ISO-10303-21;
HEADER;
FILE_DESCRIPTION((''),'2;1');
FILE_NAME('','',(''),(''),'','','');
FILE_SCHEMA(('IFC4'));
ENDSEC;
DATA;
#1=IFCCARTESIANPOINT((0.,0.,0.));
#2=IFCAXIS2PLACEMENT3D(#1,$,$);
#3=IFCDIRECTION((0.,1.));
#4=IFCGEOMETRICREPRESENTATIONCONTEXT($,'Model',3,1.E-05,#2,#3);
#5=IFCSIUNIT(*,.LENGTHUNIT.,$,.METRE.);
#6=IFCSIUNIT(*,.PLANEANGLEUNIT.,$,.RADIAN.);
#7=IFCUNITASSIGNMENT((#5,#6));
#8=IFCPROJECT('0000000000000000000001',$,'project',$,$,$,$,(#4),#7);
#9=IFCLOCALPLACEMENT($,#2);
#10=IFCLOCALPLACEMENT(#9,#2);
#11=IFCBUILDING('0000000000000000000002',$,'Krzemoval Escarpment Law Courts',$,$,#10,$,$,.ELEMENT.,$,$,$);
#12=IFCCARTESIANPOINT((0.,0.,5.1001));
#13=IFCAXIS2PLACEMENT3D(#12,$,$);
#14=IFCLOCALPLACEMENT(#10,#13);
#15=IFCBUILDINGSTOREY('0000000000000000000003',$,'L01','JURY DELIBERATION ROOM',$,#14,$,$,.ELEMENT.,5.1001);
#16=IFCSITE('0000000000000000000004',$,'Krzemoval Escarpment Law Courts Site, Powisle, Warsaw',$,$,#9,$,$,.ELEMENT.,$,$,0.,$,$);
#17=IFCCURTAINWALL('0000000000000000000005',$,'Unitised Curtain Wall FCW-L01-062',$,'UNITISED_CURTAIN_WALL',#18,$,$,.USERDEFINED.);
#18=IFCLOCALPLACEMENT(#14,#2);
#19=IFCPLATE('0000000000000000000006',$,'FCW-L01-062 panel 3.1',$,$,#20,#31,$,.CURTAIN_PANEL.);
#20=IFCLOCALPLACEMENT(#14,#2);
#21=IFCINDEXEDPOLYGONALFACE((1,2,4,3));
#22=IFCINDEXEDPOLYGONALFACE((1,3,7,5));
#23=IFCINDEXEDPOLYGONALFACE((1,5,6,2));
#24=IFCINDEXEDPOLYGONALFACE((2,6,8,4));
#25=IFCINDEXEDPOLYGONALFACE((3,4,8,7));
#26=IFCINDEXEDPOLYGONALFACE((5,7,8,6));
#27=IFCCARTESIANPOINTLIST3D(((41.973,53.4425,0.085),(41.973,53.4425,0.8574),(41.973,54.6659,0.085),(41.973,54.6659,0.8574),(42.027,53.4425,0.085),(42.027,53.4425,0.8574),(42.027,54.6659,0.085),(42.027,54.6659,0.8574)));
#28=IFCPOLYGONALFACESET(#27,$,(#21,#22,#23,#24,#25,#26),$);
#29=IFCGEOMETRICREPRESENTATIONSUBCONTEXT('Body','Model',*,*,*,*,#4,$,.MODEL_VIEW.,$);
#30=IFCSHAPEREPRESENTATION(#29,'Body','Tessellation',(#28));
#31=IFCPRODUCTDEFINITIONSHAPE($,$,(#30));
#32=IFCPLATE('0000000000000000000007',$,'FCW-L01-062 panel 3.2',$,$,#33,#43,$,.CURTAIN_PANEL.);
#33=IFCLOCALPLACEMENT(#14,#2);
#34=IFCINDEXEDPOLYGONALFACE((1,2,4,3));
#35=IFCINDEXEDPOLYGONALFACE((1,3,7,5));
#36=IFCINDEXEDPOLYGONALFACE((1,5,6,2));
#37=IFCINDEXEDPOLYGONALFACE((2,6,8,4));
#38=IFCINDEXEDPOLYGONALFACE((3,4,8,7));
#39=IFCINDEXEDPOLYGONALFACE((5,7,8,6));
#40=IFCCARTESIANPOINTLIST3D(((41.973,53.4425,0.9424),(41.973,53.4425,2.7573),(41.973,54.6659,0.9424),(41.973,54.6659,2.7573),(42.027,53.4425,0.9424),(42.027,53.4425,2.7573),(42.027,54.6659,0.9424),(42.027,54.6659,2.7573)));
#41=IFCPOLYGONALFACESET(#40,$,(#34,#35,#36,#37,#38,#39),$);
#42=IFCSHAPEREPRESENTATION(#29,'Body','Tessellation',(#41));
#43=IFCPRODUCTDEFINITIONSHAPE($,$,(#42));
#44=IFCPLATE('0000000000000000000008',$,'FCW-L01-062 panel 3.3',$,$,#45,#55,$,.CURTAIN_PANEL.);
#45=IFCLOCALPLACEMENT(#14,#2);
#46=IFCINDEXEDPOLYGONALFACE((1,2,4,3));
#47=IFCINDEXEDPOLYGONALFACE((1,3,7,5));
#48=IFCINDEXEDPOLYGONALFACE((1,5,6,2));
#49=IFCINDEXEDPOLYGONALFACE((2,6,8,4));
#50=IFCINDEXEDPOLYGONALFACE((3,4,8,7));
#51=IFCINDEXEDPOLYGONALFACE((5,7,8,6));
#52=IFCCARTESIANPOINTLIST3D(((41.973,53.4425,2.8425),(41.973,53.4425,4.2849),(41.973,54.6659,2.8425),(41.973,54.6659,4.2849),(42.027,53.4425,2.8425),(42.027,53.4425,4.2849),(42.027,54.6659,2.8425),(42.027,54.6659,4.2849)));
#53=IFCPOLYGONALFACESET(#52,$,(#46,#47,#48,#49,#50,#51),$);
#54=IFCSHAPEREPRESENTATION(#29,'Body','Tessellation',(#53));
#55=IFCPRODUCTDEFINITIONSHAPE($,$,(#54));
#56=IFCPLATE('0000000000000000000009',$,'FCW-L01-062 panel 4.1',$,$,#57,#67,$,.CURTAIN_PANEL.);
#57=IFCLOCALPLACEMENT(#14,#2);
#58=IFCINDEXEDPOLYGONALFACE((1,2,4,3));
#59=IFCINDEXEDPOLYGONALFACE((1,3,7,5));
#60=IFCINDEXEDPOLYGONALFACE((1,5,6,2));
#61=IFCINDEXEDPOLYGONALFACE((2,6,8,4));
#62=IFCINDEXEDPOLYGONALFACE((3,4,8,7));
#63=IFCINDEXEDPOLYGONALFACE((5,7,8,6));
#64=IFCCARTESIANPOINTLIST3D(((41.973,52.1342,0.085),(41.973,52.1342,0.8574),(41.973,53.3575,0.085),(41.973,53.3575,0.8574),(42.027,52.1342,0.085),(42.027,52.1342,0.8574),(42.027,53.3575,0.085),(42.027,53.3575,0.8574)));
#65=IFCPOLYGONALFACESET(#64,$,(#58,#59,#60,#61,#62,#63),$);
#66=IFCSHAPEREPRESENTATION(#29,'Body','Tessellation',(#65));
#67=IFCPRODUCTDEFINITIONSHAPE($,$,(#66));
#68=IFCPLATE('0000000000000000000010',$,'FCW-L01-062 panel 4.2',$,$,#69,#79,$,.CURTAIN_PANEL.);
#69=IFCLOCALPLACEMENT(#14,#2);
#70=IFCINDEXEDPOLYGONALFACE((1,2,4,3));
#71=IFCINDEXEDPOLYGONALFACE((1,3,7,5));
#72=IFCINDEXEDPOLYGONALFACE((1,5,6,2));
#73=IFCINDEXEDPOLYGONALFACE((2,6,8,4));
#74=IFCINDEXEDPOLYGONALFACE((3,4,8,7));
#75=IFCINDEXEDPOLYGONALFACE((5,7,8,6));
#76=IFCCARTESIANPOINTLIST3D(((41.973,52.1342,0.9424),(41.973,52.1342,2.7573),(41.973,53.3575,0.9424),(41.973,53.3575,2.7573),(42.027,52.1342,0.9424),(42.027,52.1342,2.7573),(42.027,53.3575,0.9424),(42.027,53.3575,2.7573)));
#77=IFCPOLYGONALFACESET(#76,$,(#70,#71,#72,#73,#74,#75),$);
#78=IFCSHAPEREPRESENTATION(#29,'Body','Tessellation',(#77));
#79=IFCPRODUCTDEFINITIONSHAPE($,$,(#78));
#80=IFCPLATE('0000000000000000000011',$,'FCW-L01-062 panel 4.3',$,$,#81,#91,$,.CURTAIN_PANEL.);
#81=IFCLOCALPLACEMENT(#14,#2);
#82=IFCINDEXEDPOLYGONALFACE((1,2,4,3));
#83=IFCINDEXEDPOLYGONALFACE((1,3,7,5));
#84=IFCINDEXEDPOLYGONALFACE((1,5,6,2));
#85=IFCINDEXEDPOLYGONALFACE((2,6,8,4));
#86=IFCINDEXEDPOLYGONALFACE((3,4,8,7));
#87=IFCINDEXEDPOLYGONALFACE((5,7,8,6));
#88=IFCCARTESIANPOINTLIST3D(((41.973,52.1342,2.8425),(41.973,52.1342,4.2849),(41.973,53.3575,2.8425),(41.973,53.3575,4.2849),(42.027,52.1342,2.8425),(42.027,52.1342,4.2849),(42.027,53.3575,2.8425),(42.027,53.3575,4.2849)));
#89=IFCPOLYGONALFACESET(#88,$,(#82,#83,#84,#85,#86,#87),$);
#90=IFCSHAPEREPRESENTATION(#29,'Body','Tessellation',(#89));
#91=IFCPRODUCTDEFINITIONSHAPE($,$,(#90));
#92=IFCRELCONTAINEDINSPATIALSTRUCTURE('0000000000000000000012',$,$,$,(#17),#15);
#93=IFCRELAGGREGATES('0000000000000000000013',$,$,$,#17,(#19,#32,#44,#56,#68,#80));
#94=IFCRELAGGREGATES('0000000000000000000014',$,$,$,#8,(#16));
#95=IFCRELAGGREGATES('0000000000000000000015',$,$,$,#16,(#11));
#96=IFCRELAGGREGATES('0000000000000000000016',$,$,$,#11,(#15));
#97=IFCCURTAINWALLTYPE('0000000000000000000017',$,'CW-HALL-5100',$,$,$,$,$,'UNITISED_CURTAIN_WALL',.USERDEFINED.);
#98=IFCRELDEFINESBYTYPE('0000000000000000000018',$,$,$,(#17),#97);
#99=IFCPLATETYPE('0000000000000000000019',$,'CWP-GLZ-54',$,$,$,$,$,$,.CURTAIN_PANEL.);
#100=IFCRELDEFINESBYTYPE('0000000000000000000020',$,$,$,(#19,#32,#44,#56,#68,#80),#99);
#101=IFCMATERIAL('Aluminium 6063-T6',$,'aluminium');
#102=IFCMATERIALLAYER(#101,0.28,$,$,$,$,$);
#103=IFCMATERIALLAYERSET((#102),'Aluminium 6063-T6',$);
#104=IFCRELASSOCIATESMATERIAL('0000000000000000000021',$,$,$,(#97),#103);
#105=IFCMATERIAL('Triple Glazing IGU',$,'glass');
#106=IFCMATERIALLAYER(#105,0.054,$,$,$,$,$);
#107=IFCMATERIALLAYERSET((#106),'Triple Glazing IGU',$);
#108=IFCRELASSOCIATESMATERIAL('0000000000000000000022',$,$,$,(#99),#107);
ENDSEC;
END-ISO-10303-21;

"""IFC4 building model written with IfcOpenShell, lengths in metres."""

from ifc_helpers import new_model, si_unit, direction, frame, origin, origin_2d, place, context, subcontext, project, spatial, rectangle, extrude, material, layer, layer_set, type_object, element, aggregate, save


model = new_model("IFC4")

# Units and contexts
model_context = context("Model", 3, precision=1e-05, world=origin(), true_north=direction((0.0, 1.0)))
body_context = subcontext(model_context, "Body", "Model", "MODEL_VIEW")
ifc_project = project(units=[si_unit("LENGTHUNIT", "METRE"), si_unit("PLANEANGLEUNIT", "RADIAN")], contexts=[model_context])

# Site, building, storey
site_placement = place(None, origin())
site = spatial("IfcSite", under=ifc_project, at=site_placement, Name="Krzemoval Escarpment Law Courts Site, Powisle, Warsaw", CompositionType="ELEMENT", RefElevation=0.0)
building_placement = place(site_placement, origin())
building = spatial("IfcBuilding", under=site, at=building_placement, Name="Krzemoval Escarpment Law Courts", CompositionType="ELEMENT")
storey_placement = place(building_placement, frame((0.0, 0.0, 5.1001)))
storey = spatial("IfcBuildingStorey", under=building, at=storey_placement, Name="L01", Description="JURY DELIBERATION ROOM", CompositionType="ELEMENT", Elevation=5.1001)

# Curtain wall
ifc_material_1 = material(Name="Aluminium 6063-T6", Category="aluminium")
ifc_layer_1 = layer(ifc_material_1, 0.28)
ifc_layer_set_1 = layer_set([ifc_layer_1], Name="Aluminium 6063-T6")
curtain_wall_type = type_object("IfcCurtainWallType", Name="CW-HALL-5100", ElementType="UNITISED_CURTAIN_WALL", PredefinedType="USERDEFINED", material=ifc_layer_set_1)
curtain_wall_placement = place(storey_placement, origin())
curtain_wall = element("IfcCurtainWall", 1, at=curtain_wall_placement, inside=storey, type_object=curtain_wall_type, Name="Unitised Curtain Wall FCW-L01-062", ObjectType="UNITISED_CURTAIN_WALL", PredefinedType="USERDEFINED")

# Plates
ifc_material_2 = material(Name="Triple Glazing IGU", Category="glass")
ifc_layer_2 = layer(ifc_material_2, 0.054)
ifc_layer_set_2 = layer_set([ifc_layer_2], Name="Triple Glazing IGU")
plate_type = type_object("IfcPlateType", Name="CWP-GLZ-54", PredefinedType="CURTAIN_PANEL", material=ifc_layer_set_2)
plate_1_placement = place(storey_placement, frame((42.0, 54.0542, 0.085), z_axis=(0.0, 0.0, 1.0), x_axis=(0.0, -1.0, 0.0)))
plate_1 = element("IfcPlate", 2, at=plate_1_placement, type_object=plate_type, Name="FCW-L01-062 panel 3.1", PredefinedType="CURTAIN_PANEL", context=body_context, shape_type="SweptSolid", body=[
    extrude(rectangle(XDim=1.2234, YDim=0.054, at=origin_2d()), origin(), (0.0, 0.0, 1.0), 0.7725),
])
plate_2_placement = place(storey_placement, frame((42.0, 54.0542, 0.9424), z_axis=(0.0, 0.0, 1.0), x_axis=(0.0, -1.0, 0.0)))
plate_2 = element("IfcPlate", 3, at=plate_2_placement, type_object=plate_type, Name="FCW-L01-062 panel 3.2", PredefinedType="CURTAIN_PANEL", context=body_context, shape_type="SweptSolid", body=[
    extrude(rectangle(XDim=1.2234, YDim=0.054, at=origin_2d()), origin(), (0.0, 0.0, 1.0), 1.8149),
])
plate_3_placement = place(storey_placement, frame((42.0, 54.0542, 2.8425), z_axis=(0.0, 0.0, 1.0), x_axis=(0.0, -1.0, 0.0)))
plate_3 = element("IfcPlate", 4, at=plate_3_placement, type_object=plate_type, Name="FCW-L01-062 panel 3.3", PredefinedType="CURTAIN_PANEL", context=body_context, shape_type="SweptSolid", body=[
    extrude(rectangle(XDim=1.2234, YDim=0.054, at=origin_2d()), origin(), (0.0, 0.0, 1.0), 1.4424),
])
plate_4_placement = place(storey_placement, frame((42.0, 52.7458, 0.085), z_axis=(0.0, 0.0, 1.0), x_axis=(0.0, -1.0, 0.0)))
plate_4 = element("IfcPlate", 5, at=plate_4_placement, type_object=plate_type, Name="FCW-L01-062 panel 4.1", PredefinedType="CURTAIN_PANEL", context=body_context, shape_type="SweptSolid", body=[
    extrude(rectangle(XDim=1.2234, YDim=0.054, at=origin_2d()), origin(), (0.0, 0.0, 1.0), 0.7725),
])
plate_5_placement = place(storey_placement, frame((42.0, 52.7458, 0.9424), z_axis=(0.0, 0.0, 1.0), x_axis=(0.0, -1.0, 0.0)))
plate_5 = element("IfcPlate", 6, at=plate_5_placement, type_object=plate_type, Name="FCW-L01-062 panel 4.2", PredefinedType="CURTAIN_PANEL", context=body_context, shape_type="SweptSolid", body=[
    extrude(rectangle(XDim=1.2234, YDim=0.054, at=origin_2d()), origin(), (0.0, 0.0, 1.0), 1.8149),
])
plate_6_placement = place(storey_placement, frame((42.0, 52.7458, 2.8425), z_axis=(0.0, 0.0, 1.0), x_axis=(0.0, -1.0, 0.0)))
plate_6 = element("IfcPlate", 7, at=plate_6_placement, type_object=plate_type, Name="FCW-L01-062 panel 4.3", PredefinedType="CURTAIN_PANEL", context=body_context, shape_type="SweptSolid", body=[
    extrude(rectangle(XDim=1.2234, YDim=0.054, at=origin_2d()), origin(), (0.0, 0.0, 1.0), 1.4424),
])
aggregate(curtain_wall, [plate_1, plate_2, plate_3, plate_4, plate_5, plate_6])

save(model, "model.ifc")
